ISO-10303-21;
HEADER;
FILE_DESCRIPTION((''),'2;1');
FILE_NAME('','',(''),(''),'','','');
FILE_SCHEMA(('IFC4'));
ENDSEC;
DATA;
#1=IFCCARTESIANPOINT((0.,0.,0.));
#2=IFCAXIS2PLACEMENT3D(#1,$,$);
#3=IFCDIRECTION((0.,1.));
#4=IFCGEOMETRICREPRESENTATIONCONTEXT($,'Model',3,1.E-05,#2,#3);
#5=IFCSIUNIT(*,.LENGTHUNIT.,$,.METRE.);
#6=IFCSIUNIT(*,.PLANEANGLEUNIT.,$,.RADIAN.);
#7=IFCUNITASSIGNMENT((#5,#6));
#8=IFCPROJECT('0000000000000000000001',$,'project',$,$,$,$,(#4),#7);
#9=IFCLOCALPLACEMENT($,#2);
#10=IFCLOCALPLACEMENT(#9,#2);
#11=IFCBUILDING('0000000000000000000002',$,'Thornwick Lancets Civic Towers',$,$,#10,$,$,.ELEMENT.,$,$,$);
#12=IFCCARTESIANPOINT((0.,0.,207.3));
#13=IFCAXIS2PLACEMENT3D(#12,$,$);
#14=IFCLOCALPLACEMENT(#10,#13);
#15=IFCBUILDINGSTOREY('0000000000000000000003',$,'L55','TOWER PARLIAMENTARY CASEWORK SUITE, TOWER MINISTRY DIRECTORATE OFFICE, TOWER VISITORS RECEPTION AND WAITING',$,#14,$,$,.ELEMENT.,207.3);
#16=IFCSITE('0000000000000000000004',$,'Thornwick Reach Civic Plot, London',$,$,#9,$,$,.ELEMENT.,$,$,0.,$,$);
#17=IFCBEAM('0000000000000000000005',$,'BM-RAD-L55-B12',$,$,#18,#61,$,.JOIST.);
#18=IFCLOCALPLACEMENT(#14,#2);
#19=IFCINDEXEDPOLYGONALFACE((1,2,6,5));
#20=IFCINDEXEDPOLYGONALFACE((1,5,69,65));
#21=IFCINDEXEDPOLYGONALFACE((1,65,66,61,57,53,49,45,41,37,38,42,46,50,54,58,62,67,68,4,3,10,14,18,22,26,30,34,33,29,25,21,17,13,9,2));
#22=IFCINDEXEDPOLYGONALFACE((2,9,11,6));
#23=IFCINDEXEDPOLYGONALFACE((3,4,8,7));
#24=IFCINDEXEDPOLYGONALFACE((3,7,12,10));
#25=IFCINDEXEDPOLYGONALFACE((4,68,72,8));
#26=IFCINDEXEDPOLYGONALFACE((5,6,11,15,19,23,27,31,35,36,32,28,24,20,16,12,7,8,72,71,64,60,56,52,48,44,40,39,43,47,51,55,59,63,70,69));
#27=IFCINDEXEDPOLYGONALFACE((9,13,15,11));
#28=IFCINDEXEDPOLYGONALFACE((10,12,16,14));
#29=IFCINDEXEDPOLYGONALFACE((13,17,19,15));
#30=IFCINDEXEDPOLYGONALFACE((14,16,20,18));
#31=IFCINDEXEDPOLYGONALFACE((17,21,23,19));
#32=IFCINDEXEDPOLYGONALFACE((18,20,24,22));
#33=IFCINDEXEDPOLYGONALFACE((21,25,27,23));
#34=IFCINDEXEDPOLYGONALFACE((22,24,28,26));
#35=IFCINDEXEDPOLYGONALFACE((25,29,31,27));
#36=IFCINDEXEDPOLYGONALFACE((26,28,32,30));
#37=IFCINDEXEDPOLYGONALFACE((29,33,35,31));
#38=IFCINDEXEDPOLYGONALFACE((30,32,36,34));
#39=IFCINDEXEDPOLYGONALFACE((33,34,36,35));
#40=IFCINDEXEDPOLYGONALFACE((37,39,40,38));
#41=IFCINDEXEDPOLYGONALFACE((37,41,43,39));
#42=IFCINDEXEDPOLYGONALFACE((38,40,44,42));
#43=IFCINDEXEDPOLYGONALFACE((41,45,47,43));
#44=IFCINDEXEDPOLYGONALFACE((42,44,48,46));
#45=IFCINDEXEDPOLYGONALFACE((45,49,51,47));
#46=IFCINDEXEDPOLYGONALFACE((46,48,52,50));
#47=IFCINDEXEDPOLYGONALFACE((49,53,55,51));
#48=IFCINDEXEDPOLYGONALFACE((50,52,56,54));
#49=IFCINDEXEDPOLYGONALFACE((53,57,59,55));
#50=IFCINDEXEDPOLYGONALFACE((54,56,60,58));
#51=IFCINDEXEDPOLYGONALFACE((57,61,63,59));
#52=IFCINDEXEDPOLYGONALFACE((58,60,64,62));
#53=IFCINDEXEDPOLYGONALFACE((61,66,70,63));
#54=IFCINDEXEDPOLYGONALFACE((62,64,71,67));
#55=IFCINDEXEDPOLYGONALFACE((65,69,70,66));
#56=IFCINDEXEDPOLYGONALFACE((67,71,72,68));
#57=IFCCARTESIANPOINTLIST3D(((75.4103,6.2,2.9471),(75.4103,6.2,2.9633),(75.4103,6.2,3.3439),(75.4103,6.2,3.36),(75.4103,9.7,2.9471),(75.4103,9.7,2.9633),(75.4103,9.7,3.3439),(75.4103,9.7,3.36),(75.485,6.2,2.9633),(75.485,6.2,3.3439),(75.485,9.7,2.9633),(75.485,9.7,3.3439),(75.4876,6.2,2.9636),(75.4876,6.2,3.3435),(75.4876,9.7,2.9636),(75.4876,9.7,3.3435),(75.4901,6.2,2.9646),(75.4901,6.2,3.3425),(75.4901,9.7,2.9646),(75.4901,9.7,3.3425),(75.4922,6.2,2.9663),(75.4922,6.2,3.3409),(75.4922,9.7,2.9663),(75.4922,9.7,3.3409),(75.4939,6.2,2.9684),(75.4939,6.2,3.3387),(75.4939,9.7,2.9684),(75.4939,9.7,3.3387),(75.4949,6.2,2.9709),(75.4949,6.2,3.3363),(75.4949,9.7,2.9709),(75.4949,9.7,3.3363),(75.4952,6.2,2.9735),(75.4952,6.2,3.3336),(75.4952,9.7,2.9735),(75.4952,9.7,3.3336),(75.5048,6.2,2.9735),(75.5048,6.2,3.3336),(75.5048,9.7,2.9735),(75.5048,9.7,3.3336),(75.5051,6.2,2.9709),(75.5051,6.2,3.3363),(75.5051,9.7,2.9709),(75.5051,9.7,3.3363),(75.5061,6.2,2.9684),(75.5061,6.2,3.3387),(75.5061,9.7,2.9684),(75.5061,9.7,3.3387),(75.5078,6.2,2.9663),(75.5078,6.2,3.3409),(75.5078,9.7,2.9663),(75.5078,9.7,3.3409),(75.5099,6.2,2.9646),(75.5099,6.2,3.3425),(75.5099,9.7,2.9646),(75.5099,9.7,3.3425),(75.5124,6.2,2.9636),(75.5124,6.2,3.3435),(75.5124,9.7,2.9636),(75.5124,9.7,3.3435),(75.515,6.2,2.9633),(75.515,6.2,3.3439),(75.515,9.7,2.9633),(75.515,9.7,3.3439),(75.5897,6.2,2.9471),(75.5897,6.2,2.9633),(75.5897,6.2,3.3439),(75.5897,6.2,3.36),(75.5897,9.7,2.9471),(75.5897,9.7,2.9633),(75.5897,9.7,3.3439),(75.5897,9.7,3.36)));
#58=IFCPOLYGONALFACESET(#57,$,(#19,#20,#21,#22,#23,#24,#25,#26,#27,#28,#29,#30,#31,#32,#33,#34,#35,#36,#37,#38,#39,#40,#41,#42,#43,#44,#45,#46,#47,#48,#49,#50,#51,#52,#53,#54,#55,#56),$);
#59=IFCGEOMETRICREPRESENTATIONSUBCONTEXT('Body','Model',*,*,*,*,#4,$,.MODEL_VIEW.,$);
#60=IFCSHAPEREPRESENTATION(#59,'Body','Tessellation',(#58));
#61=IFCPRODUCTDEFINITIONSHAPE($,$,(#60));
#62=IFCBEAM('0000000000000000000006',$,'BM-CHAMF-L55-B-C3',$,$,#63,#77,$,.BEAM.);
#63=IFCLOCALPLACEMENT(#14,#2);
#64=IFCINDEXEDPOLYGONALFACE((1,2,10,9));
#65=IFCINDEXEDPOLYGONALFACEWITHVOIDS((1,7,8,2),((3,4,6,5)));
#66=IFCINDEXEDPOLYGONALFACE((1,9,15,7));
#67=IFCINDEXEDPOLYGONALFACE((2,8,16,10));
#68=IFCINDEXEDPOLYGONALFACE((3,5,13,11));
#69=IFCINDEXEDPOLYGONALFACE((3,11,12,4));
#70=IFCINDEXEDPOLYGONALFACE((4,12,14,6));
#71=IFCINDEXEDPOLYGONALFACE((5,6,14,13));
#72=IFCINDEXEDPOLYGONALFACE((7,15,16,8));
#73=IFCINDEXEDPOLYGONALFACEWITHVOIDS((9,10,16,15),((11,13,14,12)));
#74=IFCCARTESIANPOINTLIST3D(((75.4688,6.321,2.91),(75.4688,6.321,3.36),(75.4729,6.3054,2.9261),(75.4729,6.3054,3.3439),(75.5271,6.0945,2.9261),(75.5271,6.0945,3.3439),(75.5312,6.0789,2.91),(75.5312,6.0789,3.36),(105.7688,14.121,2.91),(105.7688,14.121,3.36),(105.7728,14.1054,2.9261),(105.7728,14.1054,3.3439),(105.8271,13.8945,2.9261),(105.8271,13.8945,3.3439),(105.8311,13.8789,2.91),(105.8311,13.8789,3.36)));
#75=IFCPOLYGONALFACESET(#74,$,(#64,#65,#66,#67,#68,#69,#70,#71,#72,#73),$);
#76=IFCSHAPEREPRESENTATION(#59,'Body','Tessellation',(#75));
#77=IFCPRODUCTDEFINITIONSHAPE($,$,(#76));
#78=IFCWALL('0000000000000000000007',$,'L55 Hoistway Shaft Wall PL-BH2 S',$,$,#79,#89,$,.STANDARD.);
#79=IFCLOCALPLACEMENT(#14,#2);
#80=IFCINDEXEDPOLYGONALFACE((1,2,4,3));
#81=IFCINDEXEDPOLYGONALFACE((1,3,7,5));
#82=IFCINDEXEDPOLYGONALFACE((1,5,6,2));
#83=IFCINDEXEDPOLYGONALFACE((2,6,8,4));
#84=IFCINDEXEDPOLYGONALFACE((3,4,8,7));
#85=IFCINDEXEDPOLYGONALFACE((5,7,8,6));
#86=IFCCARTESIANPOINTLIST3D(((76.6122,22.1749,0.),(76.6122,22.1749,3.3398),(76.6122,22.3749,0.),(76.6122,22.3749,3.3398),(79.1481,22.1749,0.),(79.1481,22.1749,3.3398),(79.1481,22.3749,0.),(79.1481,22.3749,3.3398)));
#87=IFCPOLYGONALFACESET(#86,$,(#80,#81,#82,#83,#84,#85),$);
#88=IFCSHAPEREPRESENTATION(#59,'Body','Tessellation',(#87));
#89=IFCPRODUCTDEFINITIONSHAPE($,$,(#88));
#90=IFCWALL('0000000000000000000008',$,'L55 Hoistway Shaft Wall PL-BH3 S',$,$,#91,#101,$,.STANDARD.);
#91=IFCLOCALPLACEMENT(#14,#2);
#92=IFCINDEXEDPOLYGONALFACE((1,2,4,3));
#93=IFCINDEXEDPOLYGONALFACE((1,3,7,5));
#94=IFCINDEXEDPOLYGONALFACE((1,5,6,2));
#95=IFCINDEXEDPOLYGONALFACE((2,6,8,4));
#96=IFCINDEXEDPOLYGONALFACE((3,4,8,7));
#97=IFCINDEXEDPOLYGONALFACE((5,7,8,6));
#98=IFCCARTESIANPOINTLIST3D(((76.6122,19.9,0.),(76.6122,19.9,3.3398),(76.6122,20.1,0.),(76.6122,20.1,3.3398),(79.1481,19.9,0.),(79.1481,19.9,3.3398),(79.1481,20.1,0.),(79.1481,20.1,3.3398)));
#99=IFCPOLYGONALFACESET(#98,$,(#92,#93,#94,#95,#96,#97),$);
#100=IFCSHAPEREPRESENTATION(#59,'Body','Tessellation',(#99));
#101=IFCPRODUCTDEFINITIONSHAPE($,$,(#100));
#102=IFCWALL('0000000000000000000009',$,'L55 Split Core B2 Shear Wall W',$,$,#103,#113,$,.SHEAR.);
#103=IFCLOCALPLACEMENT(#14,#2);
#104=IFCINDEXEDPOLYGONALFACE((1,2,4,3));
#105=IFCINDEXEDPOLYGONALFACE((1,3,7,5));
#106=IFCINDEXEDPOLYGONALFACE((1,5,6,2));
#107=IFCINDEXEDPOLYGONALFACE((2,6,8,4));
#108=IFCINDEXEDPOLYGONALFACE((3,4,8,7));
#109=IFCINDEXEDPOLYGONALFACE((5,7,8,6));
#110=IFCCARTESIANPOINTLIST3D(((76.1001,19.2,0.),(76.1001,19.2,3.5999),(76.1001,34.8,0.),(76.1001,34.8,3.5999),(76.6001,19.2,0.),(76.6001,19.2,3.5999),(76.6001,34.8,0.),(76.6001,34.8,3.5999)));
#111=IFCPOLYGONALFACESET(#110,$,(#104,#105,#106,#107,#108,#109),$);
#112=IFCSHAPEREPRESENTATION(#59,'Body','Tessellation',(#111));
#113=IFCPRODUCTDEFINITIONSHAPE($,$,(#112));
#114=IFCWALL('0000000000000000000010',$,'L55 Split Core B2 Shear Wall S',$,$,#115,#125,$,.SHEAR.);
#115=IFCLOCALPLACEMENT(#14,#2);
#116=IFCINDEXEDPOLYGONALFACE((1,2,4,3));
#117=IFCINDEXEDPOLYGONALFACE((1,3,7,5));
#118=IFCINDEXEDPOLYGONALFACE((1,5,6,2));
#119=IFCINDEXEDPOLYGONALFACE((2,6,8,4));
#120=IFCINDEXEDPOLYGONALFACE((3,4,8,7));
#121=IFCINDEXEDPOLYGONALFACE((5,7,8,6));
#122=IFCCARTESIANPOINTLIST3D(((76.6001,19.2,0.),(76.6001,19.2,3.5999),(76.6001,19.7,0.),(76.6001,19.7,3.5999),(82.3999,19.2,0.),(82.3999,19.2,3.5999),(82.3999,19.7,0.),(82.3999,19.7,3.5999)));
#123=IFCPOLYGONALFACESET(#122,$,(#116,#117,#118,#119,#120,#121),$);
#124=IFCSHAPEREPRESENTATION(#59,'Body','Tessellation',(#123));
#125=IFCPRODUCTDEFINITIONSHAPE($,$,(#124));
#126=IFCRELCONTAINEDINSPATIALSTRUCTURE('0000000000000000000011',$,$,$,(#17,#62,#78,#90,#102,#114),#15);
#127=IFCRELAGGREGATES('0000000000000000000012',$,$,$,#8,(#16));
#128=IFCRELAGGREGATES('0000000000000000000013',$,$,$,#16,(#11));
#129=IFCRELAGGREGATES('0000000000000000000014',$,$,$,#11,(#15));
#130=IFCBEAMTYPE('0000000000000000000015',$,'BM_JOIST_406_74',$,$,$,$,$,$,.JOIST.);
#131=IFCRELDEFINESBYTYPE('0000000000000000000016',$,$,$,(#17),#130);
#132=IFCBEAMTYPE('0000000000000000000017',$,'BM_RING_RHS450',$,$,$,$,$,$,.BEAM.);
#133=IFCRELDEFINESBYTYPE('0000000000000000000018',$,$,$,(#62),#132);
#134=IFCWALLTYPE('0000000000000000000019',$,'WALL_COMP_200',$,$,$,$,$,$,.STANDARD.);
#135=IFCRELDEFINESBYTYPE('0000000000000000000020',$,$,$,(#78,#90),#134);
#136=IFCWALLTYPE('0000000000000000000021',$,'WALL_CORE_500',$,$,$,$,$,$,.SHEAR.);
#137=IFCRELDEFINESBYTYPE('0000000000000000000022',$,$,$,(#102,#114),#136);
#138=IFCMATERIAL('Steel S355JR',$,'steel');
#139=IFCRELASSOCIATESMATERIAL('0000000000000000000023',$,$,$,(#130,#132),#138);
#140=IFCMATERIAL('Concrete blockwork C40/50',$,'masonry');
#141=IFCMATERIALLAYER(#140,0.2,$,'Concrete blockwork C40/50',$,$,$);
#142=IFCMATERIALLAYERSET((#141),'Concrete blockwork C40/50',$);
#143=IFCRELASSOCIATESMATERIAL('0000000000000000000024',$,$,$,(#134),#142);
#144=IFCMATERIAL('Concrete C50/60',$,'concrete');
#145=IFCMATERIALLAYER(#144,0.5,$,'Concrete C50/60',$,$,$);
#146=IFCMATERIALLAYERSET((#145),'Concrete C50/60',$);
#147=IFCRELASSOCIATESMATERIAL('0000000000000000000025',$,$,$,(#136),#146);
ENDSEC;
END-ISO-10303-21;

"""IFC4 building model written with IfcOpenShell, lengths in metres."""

from ifc_helpers import new_model, si_unit, direction, frame, frame_2d, origin, origin_2d, place, context, subcontext, project, spatial, rectangle, hollow_rectangle, i_section, extrude, material, layer, layer_set, material_profile, profile_set, type_object, element, save


model = new_model("IFC4")

# Units and contexts
model_context = context("Model", 3, precision=1e-05, world=origin(), true_north=direction((0.0, 1.0)))
body_context = subcontext(model_context, "Body", "Model", "MODEL_VIEW")
ifc_project = project(units=[si_unit("LENGTHUNIT", "METRE"), si_unit("PLANEANGLEUNIT", "RADIAN")], contexts=[model_context])

# Site, building, storey
site_placement = place(None, origin())
site = spatial("IfcSite", under=ifc_project, at=site_placement, Name="Thornwick Reach Civic Plot, London", CompositionType="ELEMENT", RefElevation=0.0)
building_placement = place(site_placement, origin())
building = spatial("IfcBuilding", under=site, at=building_placement, Name="Thornwick Lancets Civic Towers", CompositionType="ELEMENT")
storey_placement = place(building_placement, frame((0.0, 0.0, 207.3)))
storey = spatial("IfcBuildingStorey", under=building, at=storey_placement, Name="L55", Description="TOWER PARLIAMENTARY CASEWORK SUITE, TOWER MINISTRY DIRECTORATE OFFICE, TOWER VISITORS RECEPTION AND WAITING", CompositionType="ELEMENT", Elevation=207.3)

# Shared definitions
ifc_material_1 = material(Name="Concrete C50/60", Category="concrete")
ifc_material_2 = material(Name="Steel S355JR", Category="steel")

# Beams
ifc_material_profile_1 = material_profile(ifc_material_2, i_section(OverallWidth=0.1794, OverallDepth=0.4128, WebThickness=0.0095, FlangeThickness=0.0161, FilletRadius=0.0103, at=origin_2d()), Name="UKB 406x178x74")
ifc_profile_set_1 = profile_set([ifc_material_profile_1], Name="Steel S355JR")
beam_type_1 = type_object("IfcBeamType", Name="BM_JOIST_406_74", PredefinedType="JOIST", material=ifc_profile_set_1)
for number, where, z_axis, x_axis, name in (
    (1, (75.5, 9.7, 3.1536), (0.0, -1.0, 0.0), (1.0, 0.0, 0.0), "BM-RAD-L55-B12"),
):
    element("IfcBeam", number, at=place(storey_placement, frame(where, z_axis=z_axis, x_axis=x_axis)), inside=storey, type_object=beam_type_1, Name=name, PredefinedType="JOIST", context=body_context, shape_type="SweptSolid", body=[
        extrude(i_section(OverallWidth=0.1794, OverallDepth=0.4128, WebThickness=0.0095, FlangeThickness=0.0161, FilletRadius=0.0103, at=origin_2d()), origin(), (0.0, 0.0, 1.0), 3.5),
    ])
ifc_material_profile_2 = material_profile(ifc_material_2, hollow_rectangle(XDim=0.25, YDim=0.45, WallThickness=0.0161, at=origin_2d()), Name="RHS 450x250x16")
ifc_profile_set_2 = profile_set([ifc_material_profile_2], Name="Steel S355JR")
beam_type_2 = type_object("IfcBeamType", Name="BM_RING_RHS450", PredefinedType="BEAM", material=ifc_profile_set_2)
beam_1_placement = place(storey_placement, frame((75.5, 6.2, 3.135), z_axis=(0.968427, 0.249299, 0.0), x_axis=(-0.249299, 0.968427, 0.0)))
element("IfcBeam", 2, at=beam_1_placement, inside=storey, type_object=beam_type_2, Name="BM-CHAMF-L55-B-C3", PredefinedType="BEAM", context=body_context, shape_type="SweptSolid", body=[
    extrude(hollow_rectangle(XDim=0.25, YDim=0.45, WallThickness=0.0161, at=origin_2d()), origin(), (0.0, 0.0, 1.0), 31.2878),
])

# Walls
ifc_material_3 = material(Name="Concrete blockwork C40/50", Category="masonry")
ifc_layer_1 = layer(ifc_material_3, 0.2, Name="Concrete blockwork C40/50")
ifc_layer_set_1 = layer_set([ifc_layer_1], Name="Concrete blockwork C40/50")
wall_type_1 = type_object("IfcWallType", Name="WALL_COMP_200", PredefinedType="STANDARD", material=ifc_layer_set_1)
for number, where, z_axis, x_axis, name in (
    (3, (76.6121, 22.2749, 0.0), (0.0, 0.0, 1.0), (1.0, 0.0, 0.0), "L55 Hoistway Shaft Wall PL-BH2 S"),
    (4, (76.6121, 20.0, 0.0), (0.0, 0.0, 1.0), (1.0, 0.0, 0.0), "L55 Hoistway Shaft Wall PL-BH3 S"),
):
    element("IfcWall", number, at=place(storey_placement, frame(where, z_axis=z_axis, x_axis=x_axis)), inside=storey, type_object=wall_type_1, Name=name, PredefinedType="STANDARD", context=body_context, shape_type="SweptSolid", body=[
        extrude(rectangle(XDim=2.5359, YDim=0.2, at=frame_2d((1.2681, 0.0))), origin(), (0.0, 0.0, 1.0), 3.3398),
    ])
ifc_layer_2 = layer(ifc_material_1, 0.5, Name="Concrete C50/60")
ifc_layer_set_2 = layer_set([ifc_layer_2], Name="Concrete C50/60")
wall_type_2 = type_object("IfcWallType", Name="WALL_CORE_500", PredefinedType="SHEAR", material=ifc_layer_set_2)
wall_1_placement = place(storey_placement, frame((76.3501, 19.2, 0.0), z_axis=(0.0, 0.0, 1.0), x_axis=(0.0, 1.0, 0.0)))
element("IfcWall", 5, at=wall_1_placement, inside=storey, type_object=wall_type_2, Name="L55 Split Core B2 Shear Wall W", PredefinedType="SHEAR", context=body_context, shape_type="SweptSolid", body=[
    extrude(rectangle(XDim=15.6001, YDim=0.5, at=frame_2d((7.8, 0.0))), origin(), (0.0, 0.0, 1.0), 3.5999),
])
wall_2_placement = place(storey_placement, frame((76.6001, 19.45, 0.0), z_axis=(0.0, 0.0, 1.0), x_axis=(1.0, 0.0, 0.0)))
element("IfcWall", 6, at=wall_2_placement, inside=storey, type_object=wall_type_2, Name="L55 Split Core B2 Shear Wall S", PredefinedType="SHEAR", context=body_context, shape_type="SweptSolid", body=[
    extrude(rectangle(XDim=5.7998, YDim=0.5, at=frame_2d((2.8999, 0.0))), origin(), (0.0, 0.0, 1.0), 3.5999),
])

save(model, "model.ifc")
